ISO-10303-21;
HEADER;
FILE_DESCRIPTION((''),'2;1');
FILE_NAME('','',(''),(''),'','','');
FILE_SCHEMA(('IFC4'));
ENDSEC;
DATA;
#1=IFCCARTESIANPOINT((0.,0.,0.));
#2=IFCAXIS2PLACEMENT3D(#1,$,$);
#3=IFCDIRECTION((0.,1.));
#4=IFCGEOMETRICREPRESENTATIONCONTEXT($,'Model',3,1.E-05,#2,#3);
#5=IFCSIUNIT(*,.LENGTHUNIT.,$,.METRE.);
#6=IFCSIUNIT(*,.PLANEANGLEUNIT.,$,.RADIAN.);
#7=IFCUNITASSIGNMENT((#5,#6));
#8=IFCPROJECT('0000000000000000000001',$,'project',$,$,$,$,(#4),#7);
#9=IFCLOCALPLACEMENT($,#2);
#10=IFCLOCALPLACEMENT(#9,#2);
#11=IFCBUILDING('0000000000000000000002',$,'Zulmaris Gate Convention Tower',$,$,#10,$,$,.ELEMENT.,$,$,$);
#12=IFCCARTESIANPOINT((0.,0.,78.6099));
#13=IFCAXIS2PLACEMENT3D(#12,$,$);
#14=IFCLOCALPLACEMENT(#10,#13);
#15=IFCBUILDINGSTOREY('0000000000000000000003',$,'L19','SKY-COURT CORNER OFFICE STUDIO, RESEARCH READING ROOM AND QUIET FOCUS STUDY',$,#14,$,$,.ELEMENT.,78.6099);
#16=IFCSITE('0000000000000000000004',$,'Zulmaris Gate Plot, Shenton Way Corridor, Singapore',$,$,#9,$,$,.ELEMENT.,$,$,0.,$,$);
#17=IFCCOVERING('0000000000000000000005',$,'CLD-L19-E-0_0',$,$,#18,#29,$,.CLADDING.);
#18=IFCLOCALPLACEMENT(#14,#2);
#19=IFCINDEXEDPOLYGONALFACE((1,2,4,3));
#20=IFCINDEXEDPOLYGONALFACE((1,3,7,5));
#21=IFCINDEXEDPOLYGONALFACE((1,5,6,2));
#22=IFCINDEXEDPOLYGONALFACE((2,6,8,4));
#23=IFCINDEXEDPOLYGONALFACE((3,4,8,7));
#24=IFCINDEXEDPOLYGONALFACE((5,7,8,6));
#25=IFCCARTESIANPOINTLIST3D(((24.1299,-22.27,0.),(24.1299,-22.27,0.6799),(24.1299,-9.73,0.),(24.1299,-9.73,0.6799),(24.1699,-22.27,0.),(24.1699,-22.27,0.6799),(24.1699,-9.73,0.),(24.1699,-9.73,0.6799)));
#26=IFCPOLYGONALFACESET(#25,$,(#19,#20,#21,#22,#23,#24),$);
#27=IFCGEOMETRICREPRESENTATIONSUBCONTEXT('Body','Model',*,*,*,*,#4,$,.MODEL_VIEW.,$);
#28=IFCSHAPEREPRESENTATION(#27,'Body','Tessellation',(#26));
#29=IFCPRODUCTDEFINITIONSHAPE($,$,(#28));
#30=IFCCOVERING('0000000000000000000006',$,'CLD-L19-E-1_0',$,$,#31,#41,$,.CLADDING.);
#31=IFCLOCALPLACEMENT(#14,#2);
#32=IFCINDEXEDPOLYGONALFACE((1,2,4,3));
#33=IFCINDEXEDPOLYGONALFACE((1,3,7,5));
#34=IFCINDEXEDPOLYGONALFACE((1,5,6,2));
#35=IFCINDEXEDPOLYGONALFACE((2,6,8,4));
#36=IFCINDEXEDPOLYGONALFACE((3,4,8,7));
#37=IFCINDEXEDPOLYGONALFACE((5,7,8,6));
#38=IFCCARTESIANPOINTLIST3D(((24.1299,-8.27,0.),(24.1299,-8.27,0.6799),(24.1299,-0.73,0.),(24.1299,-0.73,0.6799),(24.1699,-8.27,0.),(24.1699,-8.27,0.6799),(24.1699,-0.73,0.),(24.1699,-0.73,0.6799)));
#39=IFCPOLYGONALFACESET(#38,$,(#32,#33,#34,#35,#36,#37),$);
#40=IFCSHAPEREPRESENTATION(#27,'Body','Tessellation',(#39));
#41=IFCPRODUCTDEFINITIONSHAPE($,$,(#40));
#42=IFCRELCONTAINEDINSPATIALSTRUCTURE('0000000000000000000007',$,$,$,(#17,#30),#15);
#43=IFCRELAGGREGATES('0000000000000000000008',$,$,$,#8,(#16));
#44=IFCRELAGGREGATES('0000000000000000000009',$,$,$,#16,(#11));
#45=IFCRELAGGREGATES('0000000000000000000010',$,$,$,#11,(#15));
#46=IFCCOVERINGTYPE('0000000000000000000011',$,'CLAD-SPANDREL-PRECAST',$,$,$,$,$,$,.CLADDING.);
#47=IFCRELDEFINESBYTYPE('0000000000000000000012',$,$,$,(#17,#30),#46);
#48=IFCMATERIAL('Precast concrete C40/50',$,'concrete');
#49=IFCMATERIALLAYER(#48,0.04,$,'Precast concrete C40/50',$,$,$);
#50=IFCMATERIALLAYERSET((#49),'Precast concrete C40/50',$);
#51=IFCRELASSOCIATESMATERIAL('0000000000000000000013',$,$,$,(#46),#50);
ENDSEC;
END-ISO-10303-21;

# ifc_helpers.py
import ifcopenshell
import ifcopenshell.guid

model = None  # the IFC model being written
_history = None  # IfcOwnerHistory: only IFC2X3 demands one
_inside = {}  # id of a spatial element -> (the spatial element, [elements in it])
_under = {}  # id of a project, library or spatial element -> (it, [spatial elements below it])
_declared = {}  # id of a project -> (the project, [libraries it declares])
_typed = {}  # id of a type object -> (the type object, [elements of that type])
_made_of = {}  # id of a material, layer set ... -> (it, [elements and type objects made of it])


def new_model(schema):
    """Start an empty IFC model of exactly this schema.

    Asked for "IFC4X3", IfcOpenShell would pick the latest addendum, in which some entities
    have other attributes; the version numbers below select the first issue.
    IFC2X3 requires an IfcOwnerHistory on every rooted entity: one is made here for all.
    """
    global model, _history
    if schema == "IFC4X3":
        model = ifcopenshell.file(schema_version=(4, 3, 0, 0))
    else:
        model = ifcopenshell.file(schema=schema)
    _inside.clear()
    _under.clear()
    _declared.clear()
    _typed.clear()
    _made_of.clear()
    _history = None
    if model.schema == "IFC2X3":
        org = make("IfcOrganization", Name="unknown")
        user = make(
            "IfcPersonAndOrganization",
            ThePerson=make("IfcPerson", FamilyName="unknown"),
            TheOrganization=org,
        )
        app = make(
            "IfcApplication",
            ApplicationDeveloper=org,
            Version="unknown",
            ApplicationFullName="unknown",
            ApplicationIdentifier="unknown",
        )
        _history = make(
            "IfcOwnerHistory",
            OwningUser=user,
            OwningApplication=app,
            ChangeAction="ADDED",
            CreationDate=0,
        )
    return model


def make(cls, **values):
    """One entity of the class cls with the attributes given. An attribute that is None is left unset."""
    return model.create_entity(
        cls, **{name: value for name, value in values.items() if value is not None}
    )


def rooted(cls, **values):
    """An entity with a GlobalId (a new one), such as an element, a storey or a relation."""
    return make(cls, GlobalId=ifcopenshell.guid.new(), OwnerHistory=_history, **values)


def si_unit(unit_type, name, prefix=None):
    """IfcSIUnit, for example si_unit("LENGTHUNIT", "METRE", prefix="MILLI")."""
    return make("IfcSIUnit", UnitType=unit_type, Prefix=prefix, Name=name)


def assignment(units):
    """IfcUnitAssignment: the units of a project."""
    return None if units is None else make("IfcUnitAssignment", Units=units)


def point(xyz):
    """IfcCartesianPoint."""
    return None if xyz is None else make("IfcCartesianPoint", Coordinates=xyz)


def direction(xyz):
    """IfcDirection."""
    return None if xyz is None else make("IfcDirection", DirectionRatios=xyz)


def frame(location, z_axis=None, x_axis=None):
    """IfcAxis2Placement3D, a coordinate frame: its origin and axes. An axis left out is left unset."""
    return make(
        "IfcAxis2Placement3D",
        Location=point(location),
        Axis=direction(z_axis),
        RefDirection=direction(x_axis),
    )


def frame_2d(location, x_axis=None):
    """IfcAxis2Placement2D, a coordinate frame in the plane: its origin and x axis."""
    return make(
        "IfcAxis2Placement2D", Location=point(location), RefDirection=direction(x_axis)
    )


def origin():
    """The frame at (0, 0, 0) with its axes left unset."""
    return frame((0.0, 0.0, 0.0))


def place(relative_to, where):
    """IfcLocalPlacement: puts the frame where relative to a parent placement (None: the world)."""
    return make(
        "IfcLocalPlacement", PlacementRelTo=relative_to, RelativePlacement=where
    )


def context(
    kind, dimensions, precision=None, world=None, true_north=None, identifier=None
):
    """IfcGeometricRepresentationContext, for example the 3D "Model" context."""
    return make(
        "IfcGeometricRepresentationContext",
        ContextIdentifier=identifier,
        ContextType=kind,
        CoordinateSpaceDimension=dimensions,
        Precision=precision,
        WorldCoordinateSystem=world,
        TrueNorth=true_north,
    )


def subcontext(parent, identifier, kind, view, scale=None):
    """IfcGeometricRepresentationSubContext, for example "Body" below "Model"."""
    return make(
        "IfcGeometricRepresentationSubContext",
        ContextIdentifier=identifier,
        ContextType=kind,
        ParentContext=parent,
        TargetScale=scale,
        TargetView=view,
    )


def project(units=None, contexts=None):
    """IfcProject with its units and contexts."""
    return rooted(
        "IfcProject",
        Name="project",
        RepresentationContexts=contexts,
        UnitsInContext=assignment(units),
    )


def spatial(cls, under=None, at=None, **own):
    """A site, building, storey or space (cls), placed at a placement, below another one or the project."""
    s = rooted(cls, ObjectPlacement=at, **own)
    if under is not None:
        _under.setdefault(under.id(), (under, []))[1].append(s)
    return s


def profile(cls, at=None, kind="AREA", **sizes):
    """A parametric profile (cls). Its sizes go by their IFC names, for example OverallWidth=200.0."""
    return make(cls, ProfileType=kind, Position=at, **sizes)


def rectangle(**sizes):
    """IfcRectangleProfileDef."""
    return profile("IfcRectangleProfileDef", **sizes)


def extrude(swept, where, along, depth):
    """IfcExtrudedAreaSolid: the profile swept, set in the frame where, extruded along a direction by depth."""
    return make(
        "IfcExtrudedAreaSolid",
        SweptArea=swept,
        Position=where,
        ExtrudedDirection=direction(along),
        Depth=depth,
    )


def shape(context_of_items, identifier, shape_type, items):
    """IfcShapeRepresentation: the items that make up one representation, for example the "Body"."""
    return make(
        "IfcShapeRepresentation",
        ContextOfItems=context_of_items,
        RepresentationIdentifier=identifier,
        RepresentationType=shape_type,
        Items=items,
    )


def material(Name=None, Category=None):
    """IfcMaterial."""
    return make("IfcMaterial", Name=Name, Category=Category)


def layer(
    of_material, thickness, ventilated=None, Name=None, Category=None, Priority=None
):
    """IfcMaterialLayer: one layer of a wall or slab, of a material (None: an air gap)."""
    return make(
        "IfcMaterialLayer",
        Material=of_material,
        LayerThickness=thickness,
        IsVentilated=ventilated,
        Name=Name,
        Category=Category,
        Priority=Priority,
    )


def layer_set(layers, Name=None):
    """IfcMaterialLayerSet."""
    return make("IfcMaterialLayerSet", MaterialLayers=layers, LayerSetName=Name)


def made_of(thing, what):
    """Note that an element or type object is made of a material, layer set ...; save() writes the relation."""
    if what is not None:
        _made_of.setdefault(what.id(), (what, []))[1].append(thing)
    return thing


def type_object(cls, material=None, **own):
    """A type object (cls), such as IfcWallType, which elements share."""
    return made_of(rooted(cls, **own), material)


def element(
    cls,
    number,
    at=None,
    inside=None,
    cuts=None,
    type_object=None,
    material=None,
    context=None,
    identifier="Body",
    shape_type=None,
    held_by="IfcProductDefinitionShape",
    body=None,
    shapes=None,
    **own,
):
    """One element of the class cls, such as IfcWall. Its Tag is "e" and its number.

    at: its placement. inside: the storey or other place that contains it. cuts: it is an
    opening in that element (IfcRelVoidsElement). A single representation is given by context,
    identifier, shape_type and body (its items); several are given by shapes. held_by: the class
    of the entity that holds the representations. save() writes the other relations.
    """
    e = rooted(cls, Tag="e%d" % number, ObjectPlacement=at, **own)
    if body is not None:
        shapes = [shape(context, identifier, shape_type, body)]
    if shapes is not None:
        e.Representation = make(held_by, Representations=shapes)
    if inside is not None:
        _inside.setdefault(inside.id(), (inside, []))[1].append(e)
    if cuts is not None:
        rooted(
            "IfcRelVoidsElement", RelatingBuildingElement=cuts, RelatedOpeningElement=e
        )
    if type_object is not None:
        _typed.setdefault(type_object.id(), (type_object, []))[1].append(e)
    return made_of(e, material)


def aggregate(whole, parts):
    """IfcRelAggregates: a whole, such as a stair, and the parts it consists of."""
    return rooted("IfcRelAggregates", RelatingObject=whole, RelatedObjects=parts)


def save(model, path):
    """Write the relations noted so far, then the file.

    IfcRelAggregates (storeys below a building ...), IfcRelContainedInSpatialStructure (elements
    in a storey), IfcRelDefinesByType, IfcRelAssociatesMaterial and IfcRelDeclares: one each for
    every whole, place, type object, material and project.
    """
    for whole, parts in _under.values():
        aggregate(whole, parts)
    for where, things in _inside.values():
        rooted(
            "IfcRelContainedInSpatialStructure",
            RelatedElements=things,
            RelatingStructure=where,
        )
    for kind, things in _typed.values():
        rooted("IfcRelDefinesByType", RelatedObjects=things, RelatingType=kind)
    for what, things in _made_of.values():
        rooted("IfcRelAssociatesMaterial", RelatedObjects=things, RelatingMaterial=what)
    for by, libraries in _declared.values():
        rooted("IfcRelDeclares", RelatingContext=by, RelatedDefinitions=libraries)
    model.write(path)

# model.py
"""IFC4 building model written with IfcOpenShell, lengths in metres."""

from ifc_helpers import new_model, si_unit, direction, frame, frame_2d, origin, place, context, subcontext, project, spatial, rectangle, extrude, material, layer, layer_set, type_object, element, save


model = new_model("IFC4")

# Units and contexts
model_context = context("Model", 3, precision=1e-05, world=origin(), true_north=direction((0.0, 1.0)))
body_context = subcontext(model_context, "Body", "Model", "MODEL_VIEW")
ifc_project = project(units=[si_unit("LENGTHUNIT", "METRE"), si_unit("PLANEANGLEUNIT", "RADIAN")], contexts=[model_context])

# Site, building, storey
site_placement = place(None, origin())
site = spatial("IfcSite", under=ifc_project, at=site_placement, Name="Zulmaris Gate Plot, Shenton Way Corridor, Singapore", CompositionType="ELEMENT", RefElevation=0.0)
building_placement = place(site_placement, origin())
building = spatial("IfcBuilding", under=site, at=building_placement, Name="Zulmaris Gate Convention Tower", CompositionType="ELEMENT")
storey_placement = place(building_placement, frame((0.0, 0.0, 78.6099)))
storey = spatial("IfcBuildingStorey", under=building, at=storey_placement, Name="L19", Description="SKY-COURT CORNER OFFICE STUDIO, RESEARCH READING ROOM AND QUIET FOCUS STUDY", CompositionType="ELEMENT", Elevation=78.6099)

# Shared definitions
ifc_material_1 = material(Name="Precast concrete C40/50", Category="concrete")

# Coverings
ifc_layer_1 = layer(ifc_material_1, 0.04, Name="Precast concrete C40/50")
ifc_layer_set_1 = layer_set([ifc_layer_1], Name="Precast concrete C40/50")
covering_type = type_object("IfcCoveringType", Name="CLAD-SPANDREL-PRECAST", PredefinedType="CLADDING", material=ifc_layer_set_1)
covering_1_placement = place(storey_placement, frame((24.1499, -22.27, 0.0), z_axis=(0.0, 0.0, 1.0), x_axis=(0.0, 1.0, 0.0)))
element("IfcCovering", 1, at=covering_1_placement, inside=storey, type_object=covering_type, Name="CLD-L19-E-0_0", PredefinedType="CLADDING", context=body_context, shape_type="SweptSolid", body=[
    extrude(rectangle(XDim=12.54, YDim=0.04, at=frame_2d((6.27, 0.0))), origin(), (0.0, 0.0, 1.0), 0.6799),
])
covering_2_placement = place(storey_placement, frame((24.1499, -8.27, 0.0), z_axis=(0.0, 0.0, 1.0), x_axis=(0.0, 1.0, 0.0)))
element("IfcCovering", 2, at=covering_2_placement, inside=storey, type_object=covering_type, Name="CLD-L19-E-1_0", PredefinedType="CLADDING", context=body_context, shape_type="SweptSolid", body=[
    extrude(rectangle(XDim=7.54, YDim=0.04, at=frame_2d((3.77, 0.0))), origin(), (0.0, 0.0, 1.0), 0.6799),
])

save(model, "model.ifc")
